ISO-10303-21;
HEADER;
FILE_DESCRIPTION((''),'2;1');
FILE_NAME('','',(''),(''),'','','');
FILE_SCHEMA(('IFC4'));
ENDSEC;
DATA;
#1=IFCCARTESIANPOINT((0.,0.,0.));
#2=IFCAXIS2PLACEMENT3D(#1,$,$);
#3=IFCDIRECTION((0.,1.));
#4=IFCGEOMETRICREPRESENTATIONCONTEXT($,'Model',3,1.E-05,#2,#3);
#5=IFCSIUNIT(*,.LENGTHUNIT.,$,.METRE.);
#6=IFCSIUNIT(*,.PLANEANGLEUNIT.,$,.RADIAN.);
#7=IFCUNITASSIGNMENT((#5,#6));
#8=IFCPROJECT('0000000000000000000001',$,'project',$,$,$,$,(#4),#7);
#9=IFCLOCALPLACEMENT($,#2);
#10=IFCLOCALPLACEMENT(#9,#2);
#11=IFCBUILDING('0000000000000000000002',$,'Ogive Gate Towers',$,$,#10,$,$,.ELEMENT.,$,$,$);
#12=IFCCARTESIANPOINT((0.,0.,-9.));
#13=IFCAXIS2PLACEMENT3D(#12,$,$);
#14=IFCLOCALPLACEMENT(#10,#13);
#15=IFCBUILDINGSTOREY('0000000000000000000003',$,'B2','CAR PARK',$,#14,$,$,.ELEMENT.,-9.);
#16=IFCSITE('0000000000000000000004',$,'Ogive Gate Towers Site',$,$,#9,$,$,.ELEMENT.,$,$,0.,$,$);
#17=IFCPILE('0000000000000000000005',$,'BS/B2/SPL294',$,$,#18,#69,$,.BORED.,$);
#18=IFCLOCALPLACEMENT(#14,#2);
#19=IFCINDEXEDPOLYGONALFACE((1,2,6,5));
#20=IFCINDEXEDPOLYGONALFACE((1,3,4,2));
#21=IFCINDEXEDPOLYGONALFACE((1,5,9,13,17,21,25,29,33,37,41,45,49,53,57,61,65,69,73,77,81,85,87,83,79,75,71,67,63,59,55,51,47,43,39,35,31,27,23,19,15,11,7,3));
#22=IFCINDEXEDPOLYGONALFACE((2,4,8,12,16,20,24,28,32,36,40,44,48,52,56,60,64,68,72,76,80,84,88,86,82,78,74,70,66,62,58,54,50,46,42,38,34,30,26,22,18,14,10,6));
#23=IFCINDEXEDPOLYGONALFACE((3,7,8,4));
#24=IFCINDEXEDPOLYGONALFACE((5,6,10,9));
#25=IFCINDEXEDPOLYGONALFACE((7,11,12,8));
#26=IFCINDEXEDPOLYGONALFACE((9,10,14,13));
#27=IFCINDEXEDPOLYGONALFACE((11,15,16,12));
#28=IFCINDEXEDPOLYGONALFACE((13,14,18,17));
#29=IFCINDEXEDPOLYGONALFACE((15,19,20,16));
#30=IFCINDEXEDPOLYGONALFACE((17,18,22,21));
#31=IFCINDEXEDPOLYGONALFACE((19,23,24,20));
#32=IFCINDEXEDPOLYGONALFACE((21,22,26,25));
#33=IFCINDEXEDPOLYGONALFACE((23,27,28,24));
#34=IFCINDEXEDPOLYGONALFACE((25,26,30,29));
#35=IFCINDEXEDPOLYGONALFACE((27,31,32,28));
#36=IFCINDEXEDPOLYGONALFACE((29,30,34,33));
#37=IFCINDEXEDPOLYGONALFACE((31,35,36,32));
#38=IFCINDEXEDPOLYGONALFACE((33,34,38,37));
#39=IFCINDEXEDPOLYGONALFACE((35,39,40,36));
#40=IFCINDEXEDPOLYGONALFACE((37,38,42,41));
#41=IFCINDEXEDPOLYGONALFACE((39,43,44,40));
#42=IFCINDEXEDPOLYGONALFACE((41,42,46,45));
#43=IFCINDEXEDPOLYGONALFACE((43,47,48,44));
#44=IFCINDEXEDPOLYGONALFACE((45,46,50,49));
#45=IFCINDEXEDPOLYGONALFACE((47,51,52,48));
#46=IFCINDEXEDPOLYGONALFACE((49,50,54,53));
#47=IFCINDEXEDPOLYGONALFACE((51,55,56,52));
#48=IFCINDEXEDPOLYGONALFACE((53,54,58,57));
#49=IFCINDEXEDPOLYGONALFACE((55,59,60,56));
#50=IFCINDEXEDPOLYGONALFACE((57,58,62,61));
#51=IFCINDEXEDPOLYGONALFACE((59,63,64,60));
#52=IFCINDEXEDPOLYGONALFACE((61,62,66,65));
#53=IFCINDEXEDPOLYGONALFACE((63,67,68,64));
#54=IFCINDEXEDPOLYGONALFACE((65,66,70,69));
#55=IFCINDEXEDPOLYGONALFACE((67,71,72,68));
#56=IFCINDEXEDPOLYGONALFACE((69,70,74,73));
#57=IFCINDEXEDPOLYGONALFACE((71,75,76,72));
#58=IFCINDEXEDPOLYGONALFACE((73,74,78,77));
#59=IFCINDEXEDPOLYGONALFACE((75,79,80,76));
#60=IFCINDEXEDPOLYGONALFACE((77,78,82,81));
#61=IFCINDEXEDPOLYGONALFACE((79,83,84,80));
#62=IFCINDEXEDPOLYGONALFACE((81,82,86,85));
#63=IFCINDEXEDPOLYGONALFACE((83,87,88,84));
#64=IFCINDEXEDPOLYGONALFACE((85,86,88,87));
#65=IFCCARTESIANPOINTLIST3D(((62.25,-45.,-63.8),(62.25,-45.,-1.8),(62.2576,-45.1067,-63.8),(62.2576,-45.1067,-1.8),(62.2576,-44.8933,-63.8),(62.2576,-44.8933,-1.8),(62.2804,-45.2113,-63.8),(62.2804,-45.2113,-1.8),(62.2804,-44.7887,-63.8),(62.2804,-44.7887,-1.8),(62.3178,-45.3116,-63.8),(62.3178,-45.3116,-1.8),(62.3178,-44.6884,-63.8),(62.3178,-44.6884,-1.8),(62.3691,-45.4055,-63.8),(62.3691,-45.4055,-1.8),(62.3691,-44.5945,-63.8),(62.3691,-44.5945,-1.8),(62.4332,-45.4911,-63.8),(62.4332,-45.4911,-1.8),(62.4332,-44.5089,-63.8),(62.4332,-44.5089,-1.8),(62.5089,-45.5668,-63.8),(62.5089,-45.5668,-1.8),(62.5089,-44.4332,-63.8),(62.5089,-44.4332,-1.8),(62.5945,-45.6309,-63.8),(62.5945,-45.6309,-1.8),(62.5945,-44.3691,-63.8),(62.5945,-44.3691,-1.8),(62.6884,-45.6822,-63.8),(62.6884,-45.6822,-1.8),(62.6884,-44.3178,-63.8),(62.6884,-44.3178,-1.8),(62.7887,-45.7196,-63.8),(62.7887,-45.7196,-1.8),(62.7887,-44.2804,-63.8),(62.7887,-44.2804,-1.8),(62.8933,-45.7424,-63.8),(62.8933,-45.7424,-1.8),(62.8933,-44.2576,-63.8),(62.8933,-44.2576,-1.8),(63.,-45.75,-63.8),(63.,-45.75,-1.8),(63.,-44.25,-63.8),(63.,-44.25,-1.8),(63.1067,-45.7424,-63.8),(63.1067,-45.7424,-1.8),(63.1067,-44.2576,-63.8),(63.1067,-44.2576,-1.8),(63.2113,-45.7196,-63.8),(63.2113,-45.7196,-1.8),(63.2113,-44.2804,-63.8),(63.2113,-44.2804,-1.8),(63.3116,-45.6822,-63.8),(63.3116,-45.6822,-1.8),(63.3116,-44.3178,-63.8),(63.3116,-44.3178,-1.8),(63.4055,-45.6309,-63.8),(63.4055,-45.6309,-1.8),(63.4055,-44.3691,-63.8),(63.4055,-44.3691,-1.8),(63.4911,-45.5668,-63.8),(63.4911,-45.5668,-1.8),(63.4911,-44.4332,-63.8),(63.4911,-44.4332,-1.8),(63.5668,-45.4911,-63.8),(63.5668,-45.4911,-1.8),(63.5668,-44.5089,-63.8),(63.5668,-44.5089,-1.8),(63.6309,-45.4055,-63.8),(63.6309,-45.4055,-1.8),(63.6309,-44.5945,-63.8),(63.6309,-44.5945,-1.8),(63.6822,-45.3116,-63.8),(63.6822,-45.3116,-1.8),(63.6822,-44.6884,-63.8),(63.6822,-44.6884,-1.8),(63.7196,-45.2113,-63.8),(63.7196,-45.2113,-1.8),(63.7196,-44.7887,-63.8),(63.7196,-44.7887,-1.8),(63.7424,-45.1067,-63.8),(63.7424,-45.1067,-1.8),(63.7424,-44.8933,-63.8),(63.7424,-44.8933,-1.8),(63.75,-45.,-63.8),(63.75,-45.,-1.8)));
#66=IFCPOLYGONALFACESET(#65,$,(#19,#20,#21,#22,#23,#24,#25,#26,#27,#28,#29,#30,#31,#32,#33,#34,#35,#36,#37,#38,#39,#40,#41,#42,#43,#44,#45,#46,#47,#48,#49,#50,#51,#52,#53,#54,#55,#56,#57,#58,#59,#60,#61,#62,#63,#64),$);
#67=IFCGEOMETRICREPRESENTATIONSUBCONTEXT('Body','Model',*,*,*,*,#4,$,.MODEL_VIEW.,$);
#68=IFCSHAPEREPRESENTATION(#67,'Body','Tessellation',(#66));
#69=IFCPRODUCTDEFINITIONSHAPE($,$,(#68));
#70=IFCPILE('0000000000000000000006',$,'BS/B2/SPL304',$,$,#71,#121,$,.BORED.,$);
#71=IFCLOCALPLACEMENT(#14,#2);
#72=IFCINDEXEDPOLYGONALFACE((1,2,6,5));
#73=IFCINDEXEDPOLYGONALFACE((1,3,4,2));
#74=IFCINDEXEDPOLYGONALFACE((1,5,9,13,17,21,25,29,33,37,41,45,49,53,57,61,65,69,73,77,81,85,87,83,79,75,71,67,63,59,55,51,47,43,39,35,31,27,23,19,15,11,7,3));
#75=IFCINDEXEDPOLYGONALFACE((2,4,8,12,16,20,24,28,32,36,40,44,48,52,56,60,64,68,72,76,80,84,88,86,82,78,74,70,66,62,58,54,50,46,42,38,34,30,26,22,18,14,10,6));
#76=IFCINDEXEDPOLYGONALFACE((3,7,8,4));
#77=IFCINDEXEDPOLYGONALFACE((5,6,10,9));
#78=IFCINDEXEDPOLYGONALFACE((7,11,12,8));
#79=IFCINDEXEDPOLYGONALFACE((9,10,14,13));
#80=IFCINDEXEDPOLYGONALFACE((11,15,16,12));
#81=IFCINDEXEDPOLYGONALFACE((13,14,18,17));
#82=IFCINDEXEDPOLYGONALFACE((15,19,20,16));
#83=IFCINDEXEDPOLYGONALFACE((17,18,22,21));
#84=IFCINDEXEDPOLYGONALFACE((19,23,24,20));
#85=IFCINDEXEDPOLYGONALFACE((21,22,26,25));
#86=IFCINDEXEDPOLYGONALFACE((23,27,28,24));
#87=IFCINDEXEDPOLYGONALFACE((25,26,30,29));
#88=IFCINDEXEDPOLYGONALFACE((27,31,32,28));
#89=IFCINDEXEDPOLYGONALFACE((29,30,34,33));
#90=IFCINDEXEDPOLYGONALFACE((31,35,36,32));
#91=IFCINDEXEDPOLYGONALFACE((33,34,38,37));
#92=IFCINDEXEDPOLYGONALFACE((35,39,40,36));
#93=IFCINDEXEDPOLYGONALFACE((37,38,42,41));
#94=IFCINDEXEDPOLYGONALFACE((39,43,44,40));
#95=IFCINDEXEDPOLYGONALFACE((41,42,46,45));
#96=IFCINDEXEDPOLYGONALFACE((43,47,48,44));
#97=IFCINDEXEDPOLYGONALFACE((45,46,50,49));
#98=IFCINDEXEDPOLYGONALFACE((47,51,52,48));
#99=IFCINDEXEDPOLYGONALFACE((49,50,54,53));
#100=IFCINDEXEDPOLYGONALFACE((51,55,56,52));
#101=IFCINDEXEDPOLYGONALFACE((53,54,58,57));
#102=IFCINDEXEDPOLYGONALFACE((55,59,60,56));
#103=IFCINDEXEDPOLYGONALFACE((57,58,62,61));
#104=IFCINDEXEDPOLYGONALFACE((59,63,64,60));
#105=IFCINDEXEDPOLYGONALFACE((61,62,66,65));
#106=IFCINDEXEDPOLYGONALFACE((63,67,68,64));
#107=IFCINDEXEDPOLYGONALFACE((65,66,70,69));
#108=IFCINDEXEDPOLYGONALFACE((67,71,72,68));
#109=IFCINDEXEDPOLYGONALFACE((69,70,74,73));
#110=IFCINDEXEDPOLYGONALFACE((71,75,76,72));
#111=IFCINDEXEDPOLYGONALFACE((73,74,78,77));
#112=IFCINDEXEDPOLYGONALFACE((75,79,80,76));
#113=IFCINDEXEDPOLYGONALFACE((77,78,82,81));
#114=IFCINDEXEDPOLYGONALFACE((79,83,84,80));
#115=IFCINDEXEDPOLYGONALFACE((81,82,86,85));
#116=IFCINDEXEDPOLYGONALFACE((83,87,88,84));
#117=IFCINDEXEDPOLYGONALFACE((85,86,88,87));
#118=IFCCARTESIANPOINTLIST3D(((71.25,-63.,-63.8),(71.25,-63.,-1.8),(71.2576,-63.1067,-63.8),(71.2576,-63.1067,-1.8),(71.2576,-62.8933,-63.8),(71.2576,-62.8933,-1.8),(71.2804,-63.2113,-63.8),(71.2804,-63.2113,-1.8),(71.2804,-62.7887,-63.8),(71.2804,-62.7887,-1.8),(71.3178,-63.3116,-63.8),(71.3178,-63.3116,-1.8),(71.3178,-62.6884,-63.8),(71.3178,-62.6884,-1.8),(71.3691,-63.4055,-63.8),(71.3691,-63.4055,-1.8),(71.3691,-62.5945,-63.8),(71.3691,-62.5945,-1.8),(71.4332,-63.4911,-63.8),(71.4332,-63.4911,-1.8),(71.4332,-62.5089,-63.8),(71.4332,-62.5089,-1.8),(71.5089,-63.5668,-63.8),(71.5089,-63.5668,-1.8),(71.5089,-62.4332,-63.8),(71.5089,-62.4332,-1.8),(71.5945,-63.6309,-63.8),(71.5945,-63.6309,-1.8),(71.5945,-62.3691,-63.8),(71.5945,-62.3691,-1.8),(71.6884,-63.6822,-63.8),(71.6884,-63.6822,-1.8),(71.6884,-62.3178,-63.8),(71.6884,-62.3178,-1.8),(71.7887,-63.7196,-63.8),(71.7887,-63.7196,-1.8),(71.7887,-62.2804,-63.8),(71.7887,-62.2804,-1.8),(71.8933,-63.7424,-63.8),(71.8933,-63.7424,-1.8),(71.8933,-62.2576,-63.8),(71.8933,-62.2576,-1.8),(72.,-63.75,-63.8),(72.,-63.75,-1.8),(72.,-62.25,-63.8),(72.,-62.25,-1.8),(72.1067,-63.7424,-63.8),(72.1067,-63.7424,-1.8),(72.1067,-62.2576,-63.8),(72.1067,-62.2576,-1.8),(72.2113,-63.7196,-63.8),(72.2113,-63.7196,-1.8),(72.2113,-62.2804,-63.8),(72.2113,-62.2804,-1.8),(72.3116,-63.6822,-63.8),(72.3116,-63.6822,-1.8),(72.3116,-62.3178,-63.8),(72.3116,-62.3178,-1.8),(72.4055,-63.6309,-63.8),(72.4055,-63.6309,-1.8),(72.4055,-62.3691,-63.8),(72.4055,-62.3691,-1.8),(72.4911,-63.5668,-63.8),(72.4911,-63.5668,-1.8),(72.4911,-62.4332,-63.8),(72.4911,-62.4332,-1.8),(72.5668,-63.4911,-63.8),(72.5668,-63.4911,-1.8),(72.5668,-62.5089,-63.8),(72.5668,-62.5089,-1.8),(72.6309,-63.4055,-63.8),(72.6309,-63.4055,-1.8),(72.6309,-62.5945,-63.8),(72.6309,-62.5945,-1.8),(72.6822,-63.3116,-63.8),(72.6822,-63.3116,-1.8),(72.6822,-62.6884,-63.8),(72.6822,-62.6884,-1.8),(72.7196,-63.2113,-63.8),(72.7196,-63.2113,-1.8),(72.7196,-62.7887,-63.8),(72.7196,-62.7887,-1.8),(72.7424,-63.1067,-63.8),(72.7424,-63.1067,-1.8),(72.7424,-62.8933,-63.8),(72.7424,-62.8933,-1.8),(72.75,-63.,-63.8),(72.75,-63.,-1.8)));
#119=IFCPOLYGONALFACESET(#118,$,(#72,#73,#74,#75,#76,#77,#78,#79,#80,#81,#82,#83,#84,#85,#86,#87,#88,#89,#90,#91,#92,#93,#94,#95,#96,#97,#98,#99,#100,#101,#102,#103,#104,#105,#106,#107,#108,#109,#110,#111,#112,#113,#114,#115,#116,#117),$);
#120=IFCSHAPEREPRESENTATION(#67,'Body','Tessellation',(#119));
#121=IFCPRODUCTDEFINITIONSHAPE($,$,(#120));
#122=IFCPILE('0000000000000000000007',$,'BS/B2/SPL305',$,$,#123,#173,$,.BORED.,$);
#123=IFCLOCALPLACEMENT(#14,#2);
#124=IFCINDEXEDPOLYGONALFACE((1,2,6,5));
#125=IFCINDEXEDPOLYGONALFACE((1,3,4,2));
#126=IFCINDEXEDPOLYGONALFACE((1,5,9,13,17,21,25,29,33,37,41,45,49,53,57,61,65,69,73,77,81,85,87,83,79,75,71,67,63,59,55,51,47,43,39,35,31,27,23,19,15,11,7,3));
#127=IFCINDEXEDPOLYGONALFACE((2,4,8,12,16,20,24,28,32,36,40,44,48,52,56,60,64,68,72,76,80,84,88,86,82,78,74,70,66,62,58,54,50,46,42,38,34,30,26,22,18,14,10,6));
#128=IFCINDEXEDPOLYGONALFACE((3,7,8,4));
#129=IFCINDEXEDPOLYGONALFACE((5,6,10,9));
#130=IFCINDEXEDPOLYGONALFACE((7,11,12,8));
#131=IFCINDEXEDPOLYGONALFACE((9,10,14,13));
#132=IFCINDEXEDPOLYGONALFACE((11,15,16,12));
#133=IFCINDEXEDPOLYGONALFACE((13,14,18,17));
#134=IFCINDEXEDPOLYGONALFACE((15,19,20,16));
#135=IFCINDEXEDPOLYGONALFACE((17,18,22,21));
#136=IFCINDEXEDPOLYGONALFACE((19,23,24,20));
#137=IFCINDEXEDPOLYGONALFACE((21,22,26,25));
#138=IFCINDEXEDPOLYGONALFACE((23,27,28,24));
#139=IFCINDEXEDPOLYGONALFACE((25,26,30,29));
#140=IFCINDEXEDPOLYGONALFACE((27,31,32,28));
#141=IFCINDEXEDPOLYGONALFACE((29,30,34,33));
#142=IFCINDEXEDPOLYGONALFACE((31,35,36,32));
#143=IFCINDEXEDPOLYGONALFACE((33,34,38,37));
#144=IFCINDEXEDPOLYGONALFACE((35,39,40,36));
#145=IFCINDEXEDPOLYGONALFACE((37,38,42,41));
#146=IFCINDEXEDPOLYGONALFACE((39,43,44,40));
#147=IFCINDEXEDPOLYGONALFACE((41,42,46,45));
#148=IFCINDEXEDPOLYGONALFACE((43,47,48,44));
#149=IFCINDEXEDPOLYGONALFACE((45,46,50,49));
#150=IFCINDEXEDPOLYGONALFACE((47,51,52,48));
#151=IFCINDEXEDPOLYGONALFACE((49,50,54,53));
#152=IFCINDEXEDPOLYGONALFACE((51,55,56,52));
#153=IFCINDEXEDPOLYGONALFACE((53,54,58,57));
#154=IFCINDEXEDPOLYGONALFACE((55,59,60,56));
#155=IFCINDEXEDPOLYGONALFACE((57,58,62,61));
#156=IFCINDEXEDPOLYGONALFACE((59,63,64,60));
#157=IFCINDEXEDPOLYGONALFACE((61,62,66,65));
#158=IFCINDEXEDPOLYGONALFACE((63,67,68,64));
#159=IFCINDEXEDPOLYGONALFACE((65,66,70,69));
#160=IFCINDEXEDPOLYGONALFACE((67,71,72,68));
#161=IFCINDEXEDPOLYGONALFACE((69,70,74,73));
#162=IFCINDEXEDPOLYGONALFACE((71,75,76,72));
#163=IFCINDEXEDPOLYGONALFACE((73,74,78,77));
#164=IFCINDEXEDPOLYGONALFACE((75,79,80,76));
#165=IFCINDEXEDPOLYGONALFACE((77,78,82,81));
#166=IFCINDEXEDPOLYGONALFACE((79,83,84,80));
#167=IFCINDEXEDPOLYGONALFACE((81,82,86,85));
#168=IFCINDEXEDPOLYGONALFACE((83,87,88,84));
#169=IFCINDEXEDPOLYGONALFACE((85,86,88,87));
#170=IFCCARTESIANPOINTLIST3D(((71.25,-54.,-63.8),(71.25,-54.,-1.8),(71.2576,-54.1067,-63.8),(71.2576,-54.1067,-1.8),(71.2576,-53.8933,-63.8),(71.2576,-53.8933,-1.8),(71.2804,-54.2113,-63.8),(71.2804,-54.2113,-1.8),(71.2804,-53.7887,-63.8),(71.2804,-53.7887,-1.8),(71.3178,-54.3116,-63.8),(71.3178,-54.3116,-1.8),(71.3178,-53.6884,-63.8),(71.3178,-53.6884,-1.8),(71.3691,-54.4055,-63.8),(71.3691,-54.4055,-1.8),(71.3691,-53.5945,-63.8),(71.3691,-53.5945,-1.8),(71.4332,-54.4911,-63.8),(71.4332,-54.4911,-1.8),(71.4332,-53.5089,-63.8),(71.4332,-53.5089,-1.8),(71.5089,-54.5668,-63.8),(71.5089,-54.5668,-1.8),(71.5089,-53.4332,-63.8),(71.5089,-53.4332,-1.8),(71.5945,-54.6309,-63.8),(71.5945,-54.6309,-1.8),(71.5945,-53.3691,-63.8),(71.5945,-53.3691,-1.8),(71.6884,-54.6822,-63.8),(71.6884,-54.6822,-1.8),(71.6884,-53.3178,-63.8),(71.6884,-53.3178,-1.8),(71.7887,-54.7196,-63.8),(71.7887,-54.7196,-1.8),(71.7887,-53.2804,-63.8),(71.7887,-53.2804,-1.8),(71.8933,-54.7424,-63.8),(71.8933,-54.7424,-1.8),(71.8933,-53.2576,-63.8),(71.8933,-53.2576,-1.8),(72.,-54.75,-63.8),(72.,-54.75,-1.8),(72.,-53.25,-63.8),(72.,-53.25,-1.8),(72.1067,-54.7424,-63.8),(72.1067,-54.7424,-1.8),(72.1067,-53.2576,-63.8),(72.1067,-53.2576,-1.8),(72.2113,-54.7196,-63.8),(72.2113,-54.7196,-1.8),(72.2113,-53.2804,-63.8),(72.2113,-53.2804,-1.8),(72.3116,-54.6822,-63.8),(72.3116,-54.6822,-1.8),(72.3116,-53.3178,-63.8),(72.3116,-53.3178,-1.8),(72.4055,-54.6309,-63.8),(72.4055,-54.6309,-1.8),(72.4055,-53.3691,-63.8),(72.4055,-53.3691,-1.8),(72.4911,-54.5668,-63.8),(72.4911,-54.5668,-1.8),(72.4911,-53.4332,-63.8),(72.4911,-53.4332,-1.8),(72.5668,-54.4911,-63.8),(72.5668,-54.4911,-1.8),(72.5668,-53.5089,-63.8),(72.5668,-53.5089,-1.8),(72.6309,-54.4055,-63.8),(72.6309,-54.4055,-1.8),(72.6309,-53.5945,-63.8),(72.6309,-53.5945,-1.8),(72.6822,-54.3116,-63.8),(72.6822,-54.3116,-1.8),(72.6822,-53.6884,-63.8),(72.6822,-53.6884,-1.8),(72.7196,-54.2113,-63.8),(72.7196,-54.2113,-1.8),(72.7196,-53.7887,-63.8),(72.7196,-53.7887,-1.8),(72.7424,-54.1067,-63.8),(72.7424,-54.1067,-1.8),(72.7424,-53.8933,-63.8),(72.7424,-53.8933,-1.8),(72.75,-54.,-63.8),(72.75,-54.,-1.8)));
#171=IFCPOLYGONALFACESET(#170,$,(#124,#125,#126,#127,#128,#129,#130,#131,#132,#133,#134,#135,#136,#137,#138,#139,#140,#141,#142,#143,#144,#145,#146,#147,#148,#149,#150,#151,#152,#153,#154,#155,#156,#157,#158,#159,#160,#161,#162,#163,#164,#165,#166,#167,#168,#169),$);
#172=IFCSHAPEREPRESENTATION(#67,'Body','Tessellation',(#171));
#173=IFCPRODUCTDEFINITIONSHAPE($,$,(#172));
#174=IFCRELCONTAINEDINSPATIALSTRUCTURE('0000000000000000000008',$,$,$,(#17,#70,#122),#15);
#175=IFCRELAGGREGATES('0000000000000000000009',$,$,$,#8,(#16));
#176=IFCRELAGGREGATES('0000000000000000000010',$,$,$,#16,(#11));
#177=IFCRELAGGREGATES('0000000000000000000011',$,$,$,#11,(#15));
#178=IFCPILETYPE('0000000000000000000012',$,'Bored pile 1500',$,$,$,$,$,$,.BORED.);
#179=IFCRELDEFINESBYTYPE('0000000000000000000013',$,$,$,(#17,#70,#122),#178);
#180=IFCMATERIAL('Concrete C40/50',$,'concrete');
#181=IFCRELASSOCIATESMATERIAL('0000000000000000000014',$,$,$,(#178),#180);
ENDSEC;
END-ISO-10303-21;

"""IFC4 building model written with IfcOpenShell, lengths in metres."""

from ifc_helpers import new_model, si_unit, direction, frame, origin, origin_2d, place, context, subcontext, project, spatial, circle, extrude, material, material_profile, profile_set, type_object, element, save


model = new_model("IFC4")

# Units and contexts
model_context = context("Model", 3, precision=1e-05, world=origin(), true_north=direction((0.0, 1.0)))
body_context = subcontext(model_context, "Body", "Model", "MODEL_VIEW")
ifc_project = project(units=[si_unit("LENGTHUNIT", "METRE"), si_unit("PLANEANGLEUNIT", "RADIAN")], contexts=[model_context])

# Site, building, storey
site_placement = place(None, origin())
site = spatial("IfcSite", under=ifc_project, at=site_placement, Name="Ogive Gate Towers Site", CompositionType="ELEMENT", RefElevation=0.0)
building_placement = place(site_placement, origin())
building = spatial("IfcBuilding", under=site, at=building_placement, Name="Ogive Gate Towers", CompositionType="ELEMENT")
storey_placement = place(building_placement, frame((0.0, 0.0, -9.0)))
storey = spatial("IfcBuildingStorey", under=building, at=storey_placement, Name="B2", Description="CAR PARK", CompositionType="ELEMENT", Elevation=-9.0)

# Piles
ifc_material_1 = material(Name="Concrete C40/50", Category="concrete")
ifc_material_profile_1 = material_profile(ifc_material_1, circle(Radius=0.75, at=origin_2d()), Name="BP 1500")
ifc_profile_set_1 = profile_set([ifc_material_profile_1], Name="Concrete C40/50")
pile_type = type_object("IfcPileType", Name="Bored pile 1500", PredefinedType="BORED", material=ifc_profile_set_1)
for number, where, z_axis, x_axis, name in (
    (1, (63.0, -45.0, -1.8), (0.0, 0.0, -1.0), (1.0, 0.0, 0.0), "BS/B2/SPL294"),
    (2, (72.0, -63.0, -1.8), (0.0, 0.0, -1.0), (1.0, 0.0, 0.0), "BS/B2/SPL304"),
    (3, (72.0, -54.0, -1.8), (0.0, 0.0, -1.0), (1.0, 0.0, 0.0), "BS/B2/SPL305"),
):
    element("IfcPile", number, at=place(storey_placement, frame(where, z_axis=z_axis, x_axis=x_axis)), inside=storey, type_object=pile_type, Name=name, PredefinedType="BORED", context=body_context, shape_type="SweptSolid", body=[
        extrude(circle(Radius=0.75, at=origin_2d()), origin(), (0.0, 0.0, 1.0), 62.0),
    ])

save(model, "model.ifc")
